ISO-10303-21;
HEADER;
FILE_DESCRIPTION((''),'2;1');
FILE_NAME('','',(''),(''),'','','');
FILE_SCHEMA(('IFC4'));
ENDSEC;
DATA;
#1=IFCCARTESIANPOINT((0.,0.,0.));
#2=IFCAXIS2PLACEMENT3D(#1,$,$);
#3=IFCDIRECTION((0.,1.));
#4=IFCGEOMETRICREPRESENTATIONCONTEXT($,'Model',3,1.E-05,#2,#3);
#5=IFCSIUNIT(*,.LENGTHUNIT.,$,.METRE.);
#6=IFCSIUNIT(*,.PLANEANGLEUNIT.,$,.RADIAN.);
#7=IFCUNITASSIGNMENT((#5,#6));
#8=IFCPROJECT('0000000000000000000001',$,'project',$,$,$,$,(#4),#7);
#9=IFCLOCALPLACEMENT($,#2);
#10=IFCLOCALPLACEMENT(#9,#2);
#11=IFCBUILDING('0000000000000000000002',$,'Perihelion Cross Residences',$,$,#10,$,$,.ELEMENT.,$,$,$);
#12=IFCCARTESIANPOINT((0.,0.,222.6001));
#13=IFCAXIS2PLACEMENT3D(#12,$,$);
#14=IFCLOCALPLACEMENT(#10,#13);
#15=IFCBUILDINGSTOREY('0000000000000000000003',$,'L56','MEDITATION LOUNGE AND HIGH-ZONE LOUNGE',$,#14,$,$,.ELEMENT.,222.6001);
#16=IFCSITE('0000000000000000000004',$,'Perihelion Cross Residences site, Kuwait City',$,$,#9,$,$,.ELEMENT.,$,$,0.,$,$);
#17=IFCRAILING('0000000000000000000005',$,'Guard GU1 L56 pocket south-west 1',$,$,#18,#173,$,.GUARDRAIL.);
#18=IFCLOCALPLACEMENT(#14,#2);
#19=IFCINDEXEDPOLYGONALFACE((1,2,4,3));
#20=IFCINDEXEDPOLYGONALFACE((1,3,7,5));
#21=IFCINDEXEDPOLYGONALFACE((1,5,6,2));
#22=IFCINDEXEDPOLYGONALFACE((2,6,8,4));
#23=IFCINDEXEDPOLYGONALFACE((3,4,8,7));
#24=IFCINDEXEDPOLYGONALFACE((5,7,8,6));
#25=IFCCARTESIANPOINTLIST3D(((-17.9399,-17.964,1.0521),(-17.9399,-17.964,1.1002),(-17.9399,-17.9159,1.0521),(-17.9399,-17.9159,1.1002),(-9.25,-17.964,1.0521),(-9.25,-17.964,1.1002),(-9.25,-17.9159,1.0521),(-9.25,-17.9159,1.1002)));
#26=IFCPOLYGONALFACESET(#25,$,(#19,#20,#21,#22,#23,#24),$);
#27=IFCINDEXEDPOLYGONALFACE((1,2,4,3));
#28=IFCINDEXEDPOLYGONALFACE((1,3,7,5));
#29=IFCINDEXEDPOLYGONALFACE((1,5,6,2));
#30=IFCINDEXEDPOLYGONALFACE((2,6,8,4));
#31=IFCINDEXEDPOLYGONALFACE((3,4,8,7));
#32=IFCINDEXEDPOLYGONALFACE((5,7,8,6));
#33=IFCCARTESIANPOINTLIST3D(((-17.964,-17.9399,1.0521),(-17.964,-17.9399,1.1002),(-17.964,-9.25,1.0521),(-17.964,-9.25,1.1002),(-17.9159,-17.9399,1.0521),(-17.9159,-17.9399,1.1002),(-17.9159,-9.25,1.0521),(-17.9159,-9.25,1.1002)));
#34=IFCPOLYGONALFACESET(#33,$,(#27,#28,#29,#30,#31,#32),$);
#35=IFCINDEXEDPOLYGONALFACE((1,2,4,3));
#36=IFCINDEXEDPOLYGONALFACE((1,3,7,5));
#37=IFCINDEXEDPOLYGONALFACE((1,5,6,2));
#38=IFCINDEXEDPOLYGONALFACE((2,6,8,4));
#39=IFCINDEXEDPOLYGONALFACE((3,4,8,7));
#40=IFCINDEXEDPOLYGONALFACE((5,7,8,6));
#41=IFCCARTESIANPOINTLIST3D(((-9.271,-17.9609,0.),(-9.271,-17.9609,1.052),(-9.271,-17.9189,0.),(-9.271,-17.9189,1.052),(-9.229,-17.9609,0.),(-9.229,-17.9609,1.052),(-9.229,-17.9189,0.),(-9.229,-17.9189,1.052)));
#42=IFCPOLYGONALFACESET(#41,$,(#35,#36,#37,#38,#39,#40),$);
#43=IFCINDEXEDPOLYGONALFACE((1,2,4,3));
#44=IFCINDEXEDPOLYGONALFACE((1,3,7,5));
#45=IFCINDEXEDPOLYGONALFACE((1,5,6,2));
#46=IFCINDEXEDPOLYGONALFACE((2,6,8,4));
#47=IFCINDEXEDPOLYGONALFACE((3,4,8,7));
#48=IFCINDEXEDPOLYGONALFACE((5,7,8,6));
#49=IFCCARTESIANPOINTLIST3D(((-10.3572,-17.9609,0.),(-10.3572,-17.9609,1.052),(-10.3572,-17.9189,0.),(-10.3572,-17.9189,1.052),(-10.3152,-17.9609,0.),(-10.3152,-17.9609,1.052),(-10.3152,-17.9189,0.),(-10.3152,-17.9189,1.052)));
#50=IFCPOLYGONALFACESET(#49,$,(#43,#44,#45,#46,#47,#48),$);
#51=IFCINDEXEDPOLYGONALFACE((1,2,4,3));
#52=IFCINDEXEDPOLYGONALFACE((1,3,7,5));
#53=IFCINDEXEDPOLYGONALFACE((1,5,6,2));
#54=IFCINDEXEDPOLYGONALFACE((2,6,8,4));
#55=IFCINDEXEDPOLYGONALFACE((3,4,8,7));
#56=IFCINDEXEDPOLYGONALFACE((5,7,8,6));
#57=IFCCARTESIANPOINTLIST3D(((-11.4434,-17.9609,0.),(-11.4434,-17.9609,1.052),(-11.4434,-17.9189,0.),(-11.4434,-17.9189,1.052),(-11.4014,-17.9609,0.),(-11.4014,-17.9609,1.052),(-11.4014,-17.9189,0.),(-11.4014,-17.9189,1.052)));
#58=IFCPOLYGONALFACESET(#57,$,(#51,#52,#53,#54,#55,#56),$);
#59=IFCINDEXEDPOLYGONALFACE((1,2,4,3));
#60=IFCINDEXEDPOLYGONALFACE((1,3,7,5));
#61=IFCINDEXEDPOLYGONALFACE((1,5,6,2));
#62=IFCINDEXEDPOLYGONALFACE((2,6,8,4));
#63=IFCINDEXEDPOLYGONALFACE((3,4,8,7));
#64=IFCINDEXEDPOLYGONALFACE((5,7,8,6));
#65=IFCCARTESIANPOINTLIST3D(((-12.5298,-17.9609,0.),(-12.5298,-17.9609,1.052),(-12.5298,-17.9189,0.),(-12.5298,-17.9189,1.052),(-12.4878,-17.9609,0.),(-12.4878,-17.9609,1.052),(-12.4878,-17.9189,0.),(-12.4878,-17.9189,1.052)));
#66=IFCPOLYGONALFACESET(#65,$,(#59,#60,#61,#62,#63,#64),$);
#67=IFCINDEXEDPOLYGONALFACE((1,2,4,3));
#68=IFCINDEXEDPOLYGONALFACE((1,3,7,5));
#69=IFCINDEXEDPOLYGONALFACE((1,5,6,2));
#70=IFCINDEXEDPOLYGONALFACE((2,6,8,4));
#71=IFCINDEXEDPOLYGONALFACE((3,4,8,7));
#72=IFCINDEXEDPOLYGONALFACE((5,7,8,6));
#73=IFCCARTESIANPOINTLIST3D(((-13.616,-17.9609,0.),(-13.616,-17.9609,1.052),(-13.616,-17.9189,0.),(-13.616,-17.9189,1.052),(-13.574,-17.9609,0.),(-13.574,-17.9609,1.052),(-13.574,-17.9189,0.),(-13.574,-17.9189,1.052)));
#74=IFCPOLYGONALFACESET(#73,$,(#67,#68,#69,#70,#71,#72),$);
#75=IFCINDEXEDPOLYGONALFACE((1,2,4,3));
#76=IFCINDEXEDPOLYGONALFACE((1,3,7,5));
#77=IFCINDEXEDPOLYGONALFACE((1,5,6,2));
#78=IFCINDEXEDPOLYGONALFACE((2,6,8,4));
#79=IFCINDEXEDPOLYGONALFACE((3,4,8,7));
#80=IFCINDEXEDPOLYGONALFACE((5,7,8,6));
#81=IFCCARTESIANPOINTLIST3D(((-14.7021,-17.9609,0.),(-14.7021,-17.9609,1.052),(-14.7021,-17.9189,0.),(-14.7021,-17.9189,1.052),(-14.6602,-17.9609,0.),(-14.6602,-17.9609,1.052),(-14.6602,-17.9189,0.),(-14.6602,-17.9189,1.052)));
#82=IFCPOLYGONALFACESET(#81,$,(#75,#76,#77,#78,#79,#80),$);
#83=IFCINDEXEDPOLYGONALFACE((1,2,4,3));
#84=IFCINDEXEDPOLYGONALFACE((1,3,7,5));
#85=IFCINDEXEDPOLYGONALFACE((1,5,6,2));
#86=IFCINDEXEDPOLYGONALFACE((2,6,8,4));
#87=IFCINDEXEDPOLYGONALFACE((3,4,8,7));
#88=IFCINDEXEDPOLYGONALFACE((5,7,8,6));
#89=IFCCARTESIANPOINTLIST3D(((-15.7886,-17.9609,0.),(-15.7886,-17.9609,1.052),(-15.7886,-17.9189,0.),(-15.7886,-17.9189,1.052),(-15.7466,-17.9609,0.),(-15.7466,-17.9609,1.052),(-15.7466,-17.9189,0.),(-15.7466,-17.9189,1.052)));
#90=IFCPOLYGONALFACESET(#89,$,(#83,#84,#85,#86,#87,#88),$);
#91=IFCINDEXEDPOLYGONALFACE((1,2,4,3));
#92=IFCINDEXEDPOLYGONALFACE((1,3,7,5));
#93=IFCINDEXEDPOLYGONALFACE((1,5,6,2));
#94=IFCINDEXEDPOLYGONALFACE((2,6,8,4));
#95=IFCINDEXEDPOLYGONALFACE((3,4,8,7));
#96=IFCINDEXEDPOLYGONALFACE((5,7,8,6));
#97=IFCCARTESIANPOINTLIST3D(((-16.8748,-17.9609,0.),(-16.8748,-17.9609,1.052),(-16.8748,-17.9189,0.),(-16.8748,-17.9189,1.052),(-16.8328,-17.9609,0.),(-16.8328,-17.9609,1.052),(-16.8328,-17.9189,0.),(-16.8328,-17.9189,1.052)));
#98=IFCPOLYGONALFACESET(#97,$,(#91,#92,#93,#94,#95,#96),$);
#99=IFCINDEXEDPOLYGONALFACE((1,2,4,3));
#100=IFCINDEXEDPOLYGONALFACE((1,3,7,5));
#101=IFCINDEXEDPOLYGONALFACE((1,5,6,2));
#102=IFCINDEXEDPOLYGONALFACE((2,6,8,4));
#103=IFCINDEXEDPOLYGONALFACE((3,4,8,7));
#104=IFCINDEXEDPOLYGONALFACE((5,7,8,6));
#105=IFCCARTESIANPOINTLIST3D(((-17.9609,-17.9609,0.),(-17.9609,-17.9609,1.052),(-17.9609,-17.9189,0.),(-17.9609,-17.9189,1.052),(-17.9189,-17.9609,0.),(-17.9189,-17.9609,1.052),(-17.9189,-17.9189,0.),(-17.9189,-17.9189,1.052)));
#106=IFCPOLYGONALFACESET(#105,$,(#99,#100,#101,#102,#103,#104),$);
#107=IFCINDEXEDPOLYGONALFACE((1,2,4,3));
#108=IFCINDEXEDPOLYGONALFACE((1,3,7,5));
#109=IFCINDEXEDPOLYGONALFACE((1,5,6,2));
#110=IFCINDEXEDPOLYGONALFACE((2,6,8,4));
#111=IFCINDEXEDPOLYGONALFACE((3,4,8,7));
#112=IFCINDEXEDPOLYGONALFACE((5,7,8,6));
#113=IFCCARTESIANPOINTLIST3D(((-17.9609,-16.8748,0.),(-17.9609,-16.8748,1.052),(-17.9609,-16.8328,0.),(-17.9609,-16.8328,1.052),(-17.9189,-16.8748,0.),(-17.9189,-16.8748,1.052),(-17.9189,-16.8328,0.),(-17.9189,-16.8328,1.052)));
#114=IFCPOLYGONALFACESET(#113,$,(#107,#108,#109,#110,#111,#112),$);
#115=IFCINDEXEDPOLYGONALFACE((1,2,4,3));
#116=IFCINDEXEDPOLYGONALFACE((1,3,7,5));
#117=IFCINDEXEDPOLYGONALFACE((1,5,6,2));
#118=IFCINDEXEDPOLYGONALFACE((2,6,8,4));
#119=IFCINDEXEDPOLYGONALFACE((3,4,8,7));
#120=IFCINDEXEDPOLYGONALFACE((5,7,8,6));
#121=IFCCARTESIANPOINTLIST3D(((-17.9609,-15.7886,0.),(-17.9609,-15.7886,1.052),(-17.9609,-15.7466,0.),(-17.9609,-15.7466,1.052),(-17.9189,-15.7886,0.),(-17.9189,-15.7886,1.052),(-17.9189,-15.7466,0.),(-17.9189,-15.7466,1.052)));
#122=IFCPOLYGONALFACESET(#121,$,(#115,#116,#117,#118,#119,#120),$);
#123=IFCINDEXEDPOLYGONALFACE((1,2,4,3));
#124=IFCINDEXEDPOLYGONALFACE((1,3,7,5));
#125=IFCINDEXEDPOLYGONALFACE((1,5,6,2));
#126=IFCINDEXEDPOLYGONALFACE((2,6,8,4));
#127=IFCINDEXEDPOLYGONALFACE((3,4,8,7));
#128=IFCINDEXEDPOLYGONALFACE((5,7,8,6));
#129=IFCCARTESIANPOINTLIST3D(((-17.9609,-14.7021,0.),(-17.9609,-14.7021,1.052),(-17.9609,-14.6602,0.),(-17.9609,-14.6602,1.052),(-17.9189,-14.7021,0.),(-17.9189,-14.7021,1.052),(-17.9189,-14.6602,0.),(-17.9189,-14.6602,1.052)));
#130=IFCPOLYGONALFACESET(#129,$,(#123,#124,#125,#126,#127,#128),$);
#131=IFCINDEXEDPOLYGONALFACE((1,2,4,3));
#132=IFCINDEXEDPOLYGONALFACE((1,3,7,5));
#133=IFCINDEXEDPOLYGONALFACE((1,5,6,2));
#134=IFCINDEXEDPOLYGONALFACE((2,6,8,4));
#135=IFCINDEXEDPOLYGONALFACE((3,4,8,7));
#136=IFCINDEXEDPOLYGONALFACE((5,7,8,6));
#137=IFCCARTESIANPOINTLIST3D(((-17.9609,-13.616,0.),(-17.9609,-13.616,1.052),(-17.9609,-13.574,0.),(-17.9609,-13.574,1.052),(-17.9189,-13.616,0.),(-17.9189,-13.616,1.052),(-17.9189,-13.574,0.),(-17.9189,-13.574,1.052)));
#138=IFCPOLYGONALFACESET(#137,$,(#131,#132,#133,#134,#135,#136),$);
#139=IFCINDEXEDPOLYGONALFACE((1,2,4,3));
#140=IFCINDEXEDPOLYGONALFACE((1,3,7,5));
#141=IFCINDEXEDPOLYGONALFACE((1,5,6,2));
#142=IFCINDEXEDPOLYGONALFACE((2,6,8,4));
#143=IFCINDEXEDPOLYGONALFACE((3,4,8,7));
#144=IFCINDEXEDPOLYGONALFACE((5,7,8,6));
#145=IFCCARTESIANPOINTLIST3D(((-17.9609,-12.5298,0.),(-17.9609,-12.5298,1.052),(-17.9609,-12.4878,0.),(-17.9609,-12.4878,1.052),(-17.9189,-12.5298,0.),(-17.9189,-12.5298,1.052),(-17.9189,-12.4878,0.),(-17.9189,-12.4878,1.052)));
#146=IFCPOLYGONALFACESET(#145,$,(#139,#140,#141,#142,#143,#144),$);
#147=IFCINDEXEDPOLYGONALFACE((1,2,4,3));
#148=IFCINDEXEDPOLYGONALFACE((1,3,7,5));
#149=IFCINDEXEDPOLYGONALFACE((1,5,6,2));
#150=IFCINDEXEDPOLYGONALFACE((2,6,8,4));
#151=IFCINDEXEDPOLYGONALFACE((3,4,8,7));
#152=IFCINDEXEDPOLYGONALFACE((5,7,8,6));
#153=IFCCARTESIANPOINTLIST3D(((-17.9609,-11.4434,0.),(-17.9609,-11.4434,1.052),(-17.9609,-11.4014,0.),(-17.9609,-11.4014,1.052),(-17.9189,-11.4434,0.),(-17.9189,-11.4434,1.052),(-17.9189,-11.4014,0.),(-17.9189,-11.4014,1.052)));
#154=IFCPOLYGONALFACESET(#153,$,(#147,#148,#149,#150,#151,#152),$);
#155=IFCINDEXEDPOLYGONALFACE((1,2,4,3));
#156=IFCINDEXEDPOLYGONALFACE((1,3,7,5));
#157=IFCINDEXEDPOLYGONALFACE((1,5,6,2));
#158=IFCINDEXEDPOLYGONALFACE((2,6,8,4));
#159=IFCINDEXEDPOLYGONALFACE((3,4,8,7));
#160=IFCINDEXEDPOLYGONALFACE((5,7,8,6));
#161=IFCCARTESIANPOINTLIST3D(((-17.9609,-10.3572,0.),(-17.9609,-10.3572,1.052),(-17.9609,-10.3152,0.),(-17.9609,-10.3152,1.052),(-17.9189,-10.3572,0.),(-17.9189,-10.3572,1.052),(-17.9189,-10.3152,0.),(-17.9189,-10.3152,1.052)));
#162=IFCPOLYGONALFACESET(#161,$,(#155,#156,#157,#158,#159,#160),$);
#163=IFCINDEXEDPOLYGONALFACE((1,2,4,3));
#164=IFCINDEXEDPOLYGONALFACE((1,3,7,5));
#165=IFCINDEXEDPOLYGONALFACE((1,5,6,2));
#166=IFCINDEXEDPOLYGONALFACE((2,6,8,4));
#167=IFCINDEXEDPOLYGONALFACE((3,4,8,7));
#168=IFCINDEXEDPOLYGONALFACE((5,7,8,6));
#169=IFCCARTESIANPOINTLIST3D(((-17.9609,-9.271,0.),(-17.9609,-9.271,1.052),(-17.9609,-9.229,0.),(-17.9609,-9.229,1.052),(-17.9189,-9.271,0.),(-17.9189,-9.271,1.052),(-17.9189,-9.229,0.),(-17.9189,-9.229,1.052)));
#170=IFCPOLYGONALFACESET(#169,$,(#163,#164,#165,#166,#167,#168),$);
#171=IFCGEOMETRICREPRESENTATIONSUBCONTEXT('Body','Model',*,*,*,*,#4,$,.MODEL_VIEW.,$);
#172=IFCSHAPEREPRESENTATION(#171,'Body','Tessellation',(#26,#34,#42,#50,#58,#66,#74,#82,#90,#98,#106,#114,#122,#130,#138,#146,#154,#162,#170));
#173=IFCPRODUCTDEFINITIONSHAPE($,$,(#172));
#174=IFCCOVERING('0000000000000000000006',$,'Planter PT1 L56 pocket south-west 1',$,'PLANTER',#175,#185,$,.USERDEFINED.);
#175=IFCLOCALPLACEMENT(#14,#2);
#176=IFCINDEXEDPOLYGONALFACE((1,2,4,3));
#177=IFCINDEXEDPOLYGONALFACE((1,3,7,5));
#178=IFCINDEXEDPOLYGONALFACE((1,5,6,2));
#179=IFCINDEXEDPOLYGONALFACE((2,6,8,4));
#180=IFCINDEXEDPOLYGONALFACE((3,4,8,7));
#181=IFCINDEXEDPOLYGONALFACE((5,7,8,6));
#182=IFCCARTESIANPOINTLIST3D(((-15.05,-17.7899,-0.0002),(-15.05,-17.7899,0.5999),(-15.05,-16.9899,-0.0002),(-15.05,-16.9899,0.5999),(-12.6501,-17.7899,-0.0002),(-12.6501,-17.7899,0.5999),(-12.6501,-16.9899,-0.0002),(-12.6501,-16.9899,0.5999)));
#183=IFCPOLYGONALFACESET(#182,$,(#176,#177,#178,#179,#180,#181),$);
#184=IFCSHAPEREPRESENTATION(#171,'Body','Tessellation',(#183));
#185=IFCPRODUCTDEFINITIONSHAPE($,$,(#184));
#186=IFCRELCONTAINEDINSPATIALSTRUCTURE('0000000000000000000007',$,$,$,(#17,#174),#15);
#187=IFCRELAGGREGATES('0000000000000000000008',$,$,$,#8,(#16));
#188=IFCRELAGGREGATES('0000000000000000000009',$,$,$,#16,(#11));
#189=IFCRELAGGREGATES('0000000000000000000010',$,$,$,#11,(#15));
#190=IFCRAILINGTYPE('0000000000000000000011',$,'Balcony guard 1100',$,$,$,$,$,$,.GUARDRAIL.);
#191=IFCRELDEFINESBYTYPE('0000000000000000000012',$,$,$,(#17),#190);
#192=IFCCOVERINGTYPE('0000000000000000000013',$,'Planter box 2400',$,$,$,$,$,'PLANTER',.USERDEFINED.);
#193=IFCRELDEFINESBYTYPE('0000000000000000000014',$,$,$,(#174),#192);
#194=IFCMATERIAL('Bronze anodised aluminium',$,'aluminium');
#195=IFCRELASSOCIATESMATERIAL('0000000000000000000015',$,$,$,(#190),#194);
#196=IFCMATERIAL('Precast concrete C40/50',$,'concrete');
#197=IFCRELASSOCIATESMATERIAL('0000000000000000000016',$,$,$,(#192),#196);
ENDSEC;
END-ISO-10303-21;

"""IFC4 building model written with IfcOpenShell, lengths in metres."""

from ifc_helpers import new_model, si_unit, direction, frame, origin, origin_2d, place, context, subcontext, project, spatial, rectangle, extrude, material, type_object, element, save


model = new_model("IFC4")

# Units and contexts
model_context = context("Model", 3, precision=1e-05, world=origin(), true_north=direction((0.0, 1.0)))
body_context = subcontext(model_context, "Body", "Model", "MODEL_VIEW")
ifc_project = project(units=[si_unit("LENGTHUNIT", "METRE"), si_unit("PLANEANGLEUNIT", "RADIAN")], contexts=[model_context])

# Site, building, storey
site_placement = place(None, origin())
site = spatial("IfcSite", under=ifc_project, at=site_placement, Name="Perihelion Cross Residences site, Kuwait City", CompositionType="ELEMENT", RefElevation=0.0)
building_placement = place(site_placement, origin())
building = spatial("IfcBuilding", under=site, at=building_placement, Name="Perihelion Cross Residences", CompositionType="ELEMENT")
storey_placement = place(building_placement, frame((0.0, 0.0, 222.6001)))
storey = spatial("IfcBuildingStorey", under=building, at=storey_placement, Name="L56", Description="MEDITATION LOUNGE AND HIGH-ZONE LOUNGE", CompositionType="ELEMENT", Elevation=222.6001)

# Railing
ifc_material_1 = material(Name="Bronze anodised aluminium", Category="aluminium")
railing_type = type_object("IfcRailingType", Name="Balcony guard 1100", PredefinedType="GUARDRAIL", material=ifc_material_1)
railing_placement = place(storey_placement, frame((-9.25, -17.9399, 0.0)))
element("IfcRailing", 1, at=railing_placement, inside=storey, type_object=railing_type, Name="Guard GU1 L56 pocket south-west 1", PredefinedType="GUARDRAIL", context=body_context, shape_type="SweptSolid", body=[
    extrude(rectangle(XDim=0.0481, YDim=0.0481, at=origin_2d()), frame((0.0, 0.0, 1.0762), z_axis=(-1.0, 0.0, 0.0), x_axis=(0.0, -1.0, 0.0)), (0.0, 0.0, 1.0), 8.6899),
    extrude(rectangle(XDim=0.0481, YDim=0.0481, at=origin_2d()), frame((-8.6899, 0.0, 1.0762), z_axis=(0.0, 1.0, 0.0), x_axis=(-1.0, 0.0, 0.0)), (0.0, 0.0, 1.0), 8.6899),
    extrude(rectangle(XDim=0.042, YDim=0.042, at=origin_2d()), origin(), (0.0, 0.0, 1.0), 1.052),
    extrude(rectangle(XDim=0.042, YDim=0.042, at=origin_2d()), frame((-1.0862, 0.0, 0.0)), (0.0, 0.0, 1.0), 1.052),
    extrude(rectangle(XDim=0.042, YDim=0.042, at=origin_2d()), frame((-2.1724, 0.0, 0.0)), (0.0, 0.0, 1.0), 1.052),
    extrude(rectangle(XDim=0.042, YDim=0.042, at=origin_2d()), frame((-3.2588, 0.0, 0.0)), (0.0, 0.0, 1.0), 1.052),
    extrude(rectangle(XDim=0.042, YDim=0.042, at=origin_2d()), frame((-4.345, 0.0, 0.0)), (0.0, 0.0, 1.0), 1.052),
    extrude(rectangle(XDim=0.042, YDim=0.042, at=origin_2d()), frame((-5.4312, 0.0, 0.0)), (0.0, 0.0, 1.0), 1.052),
    extrude(rectangle(XDim=0.042, YDim=0.042, at=origin_2d()), frame((-6.5176, 0.0, 0.0)), (0.0, 0.0, 1.0), 1.052),
    extrude(rectangle(XDim=0.042, YDim=0.042, at=origin_2d()), frame((-7.6038, 0.0, 0.0)), (0.0, 0.0, 1.0), 1.052),
    extrude(rectangle(XDim=0.042, YDim=0.042, at=origin_2d()), frame((-8.6899, 0.0, 0.0)), (0.0, 0.0, 1.0), 1.052),
    extrude(rectangle(XDim=0.042, YDim=0.042, at=origin_2d()), frame((-8.6899, 1.0862, 0.0)), (0.0, 0.0, 1.0), 1.052),
    extrude(rectangle(XDim=0.042, YDim=0.042, at=origin_2d()), frame((-8.6899, 2.1724, 0.0)), (0.0, 0.0, 1.0), 1.052),
    extrude(rectangle(XDim=0.042, YDim=0.042, at=origin_2d()), frame((-8.6899, 3.2588, 0.0)), (0.0, 0.0, 1.0), 1.052),
    extrude(rectangle(XDim=0.042, YDim=0.042, at=origin_2d()), frame((-8.6899, 4.345, 0.0)), (0.0, 0.0, 1.0), 1.052),
    extrude(rectangle(XDim=0.042, YDim=0.042, at=origin_2d()), frame((-8.6899, 5.4312, 0.0)), (0.0, 0.0, 1.0), 1.052),
    extrude(rectangle(XDim=0.042, YDim=0.042, at=origin_2d()), frame((-8.6899, 6.5176, 0.0)), (0.0, 0.0, 1.0), 1.052),
    extrude(rectangle(XDim=0.042, YDim=0.042, at=origin_2d()), frame((-8.6899, 7.6038, 0.0)), (0.0, 0.0, 1.0), 1.052),
    extrude(rectangle(XDim=0.042, YDim=0.042, at=origin_2d()), frame((-8.6899, 8.6899, 0.0)), (0.0, 0.0, 1.0), 1.052),
])

# Covering
ifc_material_2 = material(Name="Precast concrete C40/50", Category="concrete")
covering_type = type_object("IfcCoveringType", Name="Planter box 2400", ElementType="PLANTER", PredefinedType="USERDEFINED", material=ifc_material_2)
covering_placement = place(storey_placement, frame((-13.8501, -17.3899, -0.0002), z_axis=(0.0, 0.0, 1.0), x_axis=(-1.0, 0.0, 0.0)))
element("IfcCovering", 2, at=covering_placement, inside=storey, type_object=covering_type, Name="Planter PT1 L56 pocket south-west 1", ObjectType="PLANTER", PredefinedType="USERDEFINED", context=body_context, shape_type="SweptSolid", body=[
    extrude(rectangle(XDim=2.3999, YDim=0.8, at=origin_2d()), origin(), (0.0, 0.0, 1.0), 0.6001),
])

save(model, "model.ifc")
